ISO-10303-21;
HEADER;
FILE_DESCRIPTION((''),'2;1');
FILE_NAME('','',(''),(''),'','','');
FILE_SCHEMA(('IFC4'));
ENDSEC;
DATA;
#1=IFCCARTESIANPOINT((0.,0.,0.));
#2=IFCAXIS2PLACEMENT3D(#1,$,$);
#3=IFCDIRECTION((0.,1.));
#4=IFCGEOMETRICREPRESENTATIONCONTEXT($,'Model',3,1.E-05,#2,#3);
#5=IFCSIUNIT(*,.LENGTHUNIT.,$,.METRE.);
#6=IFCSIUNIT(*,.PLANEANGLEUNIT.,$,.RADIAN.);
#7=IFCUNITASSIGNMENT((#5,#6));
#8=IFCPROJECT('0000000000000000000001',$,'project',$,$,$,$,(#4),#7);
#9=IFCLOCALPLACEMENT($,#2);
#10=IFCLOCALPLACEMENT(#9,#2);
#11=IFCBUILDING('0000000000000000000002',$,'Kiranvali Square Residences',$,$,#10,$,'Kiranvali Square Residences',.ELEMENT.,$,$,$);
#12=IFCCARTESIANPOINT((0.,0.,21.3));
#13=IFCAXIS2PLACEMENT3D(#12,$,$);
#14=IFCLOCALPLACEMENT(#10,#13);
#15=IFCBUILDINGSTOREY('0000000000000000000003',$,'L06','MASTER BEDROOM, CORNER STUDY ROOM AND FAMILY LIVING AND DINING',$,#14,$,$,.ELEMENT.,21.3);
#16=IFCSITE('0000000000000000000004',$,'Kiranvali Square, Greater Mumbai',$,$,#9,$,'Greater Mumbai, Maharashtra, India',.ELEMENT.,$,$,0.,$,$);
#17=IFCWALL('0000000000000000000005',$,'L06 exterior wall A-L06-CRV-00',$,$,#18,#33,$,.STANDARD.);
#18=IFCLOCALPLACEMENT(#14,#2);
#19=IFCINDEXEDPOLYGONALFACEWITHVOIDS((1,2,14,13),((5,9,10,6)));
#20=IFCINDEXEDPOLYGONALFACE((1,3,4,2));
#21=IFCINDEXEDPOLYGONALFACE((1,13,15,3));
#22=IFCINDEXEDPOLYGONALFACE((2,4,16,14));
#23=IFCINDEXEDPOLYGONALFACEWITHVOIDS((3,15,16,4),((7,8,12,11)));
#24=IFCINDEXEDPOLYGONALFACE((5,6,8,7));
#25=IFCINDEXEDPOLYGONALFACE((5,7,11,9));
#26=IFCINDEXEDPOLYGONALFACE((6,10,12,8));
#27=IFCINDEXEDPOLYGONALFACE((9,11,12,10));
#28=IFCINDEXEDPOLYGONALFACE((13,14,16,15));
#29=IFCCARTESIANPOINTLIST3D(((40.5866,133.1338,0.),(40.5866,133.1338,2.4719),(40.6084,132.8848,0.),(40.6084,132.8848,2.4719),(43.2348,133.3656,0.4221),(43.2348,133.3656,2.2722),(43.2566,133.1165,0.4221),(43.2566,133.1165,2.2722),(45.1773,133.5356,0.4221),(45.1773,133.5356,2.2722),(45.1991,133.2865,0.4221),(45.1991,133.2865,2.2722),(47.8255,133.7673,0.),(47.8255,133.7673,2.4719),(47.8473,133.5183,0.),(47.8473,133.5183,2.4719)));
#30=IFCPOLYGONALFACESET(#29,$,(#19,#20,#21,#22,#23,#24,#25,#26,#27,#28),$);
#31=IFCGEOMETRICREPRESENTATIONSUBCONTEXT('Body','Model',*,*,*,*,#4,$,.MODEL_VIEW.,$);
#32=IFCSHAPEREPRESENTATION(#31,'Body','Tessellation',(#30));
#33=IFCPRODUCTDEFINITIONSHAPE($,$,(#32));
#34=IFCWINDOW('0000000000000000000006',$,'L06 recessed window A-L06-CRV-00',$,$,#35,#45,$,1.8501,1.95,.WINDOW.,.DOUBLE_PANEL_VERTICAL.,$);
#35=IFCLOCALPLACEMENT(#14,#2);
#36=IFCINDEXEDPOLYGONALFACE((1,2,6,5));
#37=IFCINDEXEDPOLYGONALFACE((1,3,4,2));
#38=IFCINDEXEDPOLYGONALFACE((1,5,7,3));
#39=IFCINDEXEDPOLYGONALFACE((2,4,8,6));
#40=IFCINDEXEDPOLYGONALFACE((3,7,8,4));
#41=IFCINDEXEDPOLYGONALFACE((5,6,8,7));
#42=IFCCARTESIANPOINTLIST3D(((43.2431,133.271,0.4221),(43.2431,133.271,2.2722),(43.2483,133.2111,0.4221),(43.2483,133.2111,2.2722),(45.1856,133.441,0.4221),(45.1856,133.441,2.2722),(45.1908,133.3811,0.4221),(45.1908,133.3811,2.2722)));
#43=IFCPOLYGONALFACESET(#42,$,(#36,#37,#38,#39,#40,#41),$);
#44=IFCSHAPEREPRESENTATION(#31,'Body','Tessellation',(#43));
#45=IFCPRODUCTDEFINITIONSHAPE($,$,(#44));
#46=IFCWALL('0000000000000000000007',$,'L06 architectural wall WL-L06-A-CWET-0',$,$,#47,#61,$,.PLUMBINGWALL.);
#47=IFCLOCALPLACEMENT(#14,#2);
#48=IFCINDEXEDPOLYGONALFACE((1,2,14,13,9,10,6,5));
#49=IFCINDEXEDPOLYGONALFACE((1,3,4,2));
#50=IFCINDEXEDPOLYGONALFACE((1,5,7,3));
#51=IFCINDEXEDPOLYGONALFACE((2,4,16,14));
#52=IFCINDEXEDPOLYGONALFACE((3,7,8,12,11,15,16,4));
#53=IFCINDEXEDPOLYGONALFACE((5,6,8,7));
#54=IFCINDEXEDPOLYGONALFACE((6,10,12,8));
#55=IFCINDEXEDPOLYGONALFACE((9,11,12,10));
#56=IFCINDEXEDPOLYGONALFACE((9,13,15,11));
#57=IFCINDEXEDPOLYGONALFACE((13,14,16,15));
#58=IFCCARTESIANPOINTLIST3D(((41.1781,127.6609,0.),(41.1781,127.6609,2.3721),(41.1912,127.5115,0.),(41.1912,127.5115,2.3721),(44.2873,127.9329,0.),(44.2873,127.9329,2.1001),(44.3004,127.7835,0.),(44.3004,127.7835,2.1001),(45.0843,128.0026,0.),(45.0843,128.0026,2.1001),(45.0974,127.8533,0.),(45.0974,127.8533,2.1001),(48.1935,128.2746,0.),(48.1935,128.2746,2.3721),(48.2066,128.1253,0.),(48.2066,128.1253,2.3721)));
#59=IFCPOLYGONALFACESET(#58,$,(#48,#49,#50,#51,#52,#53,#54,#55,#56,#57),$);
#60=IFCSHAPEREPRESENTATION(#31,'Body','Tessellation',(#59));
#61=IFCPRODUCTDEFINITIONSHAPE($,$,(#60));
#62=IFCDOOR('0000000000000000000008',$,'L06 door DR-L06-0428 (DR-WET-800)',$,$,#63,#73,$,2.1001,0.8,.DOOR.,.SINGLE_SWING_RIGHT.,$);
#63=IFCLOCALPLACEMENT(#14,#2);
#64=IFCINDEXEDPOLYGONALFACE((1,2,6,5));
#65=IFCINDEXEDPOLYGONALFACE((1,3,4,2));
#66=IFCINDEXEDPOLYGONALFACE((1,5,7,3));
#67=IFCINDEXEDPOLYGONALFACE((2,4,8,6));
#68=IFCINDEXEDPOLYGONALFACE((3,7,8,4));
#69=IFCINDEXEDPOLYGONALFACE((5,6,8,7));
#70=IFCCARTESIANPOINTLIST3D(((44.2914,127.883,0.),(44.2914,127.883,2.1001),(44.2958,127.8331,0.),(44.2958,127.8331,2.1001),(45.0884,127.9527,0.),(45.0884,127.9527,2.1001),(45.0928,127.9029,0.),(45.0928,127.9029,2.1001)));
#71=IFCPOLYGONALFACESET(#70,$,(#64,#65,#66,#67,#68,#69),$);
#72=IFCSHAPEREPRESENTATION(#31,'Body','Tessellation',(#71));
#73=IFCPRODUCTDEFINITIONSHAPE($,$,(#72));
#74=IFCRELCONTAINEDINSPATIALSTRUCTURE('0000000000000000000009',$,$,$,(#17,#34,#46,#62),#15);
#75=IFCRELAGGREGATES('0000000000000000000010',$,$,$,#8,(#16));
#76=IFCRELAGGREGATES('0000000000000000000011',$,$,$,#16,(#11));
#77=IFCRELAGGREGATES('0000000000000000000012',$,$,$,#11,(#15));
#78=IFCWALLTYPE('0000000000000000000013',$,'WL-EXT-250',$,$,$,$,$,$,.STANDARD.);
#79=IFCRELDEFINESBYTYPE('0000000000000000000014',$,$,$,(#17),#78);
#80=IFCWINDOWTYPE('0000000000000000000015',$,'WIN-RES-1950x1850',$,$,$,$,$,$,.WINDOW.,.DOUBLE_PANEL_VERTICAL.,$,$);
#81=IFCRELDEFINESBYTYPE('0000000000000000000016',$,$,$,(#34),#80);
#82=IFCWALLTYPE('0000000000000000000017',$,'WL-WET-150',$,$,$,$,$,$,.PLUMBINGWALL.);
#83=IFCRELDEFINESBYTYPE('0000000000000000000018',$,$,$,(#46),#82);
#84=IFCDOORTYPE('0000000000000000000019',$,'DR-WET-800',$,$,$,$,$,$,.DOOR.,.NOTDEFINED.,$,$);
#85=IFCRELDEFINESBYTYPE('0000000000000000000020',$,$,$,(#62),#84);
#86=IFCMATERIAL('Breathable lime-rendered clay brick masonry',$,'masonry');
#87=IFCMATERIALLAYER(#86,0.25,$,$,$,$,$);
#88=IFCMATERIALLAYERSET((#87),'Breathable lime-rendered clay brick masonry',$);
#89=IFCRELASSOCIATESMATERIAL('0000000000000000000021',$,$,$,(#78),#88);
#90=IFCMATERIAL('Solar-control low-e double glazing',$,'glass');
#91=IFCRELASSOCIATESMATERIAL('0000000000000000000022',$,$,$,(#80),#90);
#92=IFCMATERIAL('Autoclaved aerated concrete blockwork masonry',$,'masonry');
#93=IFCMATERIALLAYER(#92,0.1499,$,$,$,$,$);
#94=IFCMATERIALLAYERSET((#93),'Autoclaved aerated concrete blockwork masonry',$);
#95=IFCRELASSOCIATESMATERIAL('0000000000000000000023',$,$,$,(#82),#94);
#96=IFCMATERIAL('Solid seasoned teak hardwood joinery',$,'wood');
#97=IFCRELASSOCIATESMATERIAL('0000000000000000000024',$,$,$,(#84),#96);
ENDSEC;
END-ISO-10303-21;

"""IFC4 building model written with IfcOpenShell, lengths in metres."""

from ifc_helpers import new_model, si_unit, direction, frame, frame_2d, origin, place, context, subcontext, project, spatial, rectangle, extrude, material, layer, layer_set, type_object, element, fill, save


model = new_model("IFC4")

# Units and contexts
model_context = context("Model", 3, precision=1e-05, world=origin(), true_north=direction((0.0, 1.0)))
body_context = subcontext(model_context, "Body", "Model", "MODEL_VIEW")
ifc_project = project(units=[si_unit("LENGTHUNIT", "METRE"), si_unit("PLANEANGLEUNIT", "RADIAN")], contexts=[model_context])

# Site, building, storey
site_placement = place(None, origin())
site = spatial("IfcSite", under=ifc_project, at=site_placement, Name="Kiranvali Square, Greater Mumbai", LongName="Greater Mumbai, Maharashtra, India", CompositionType="ELEMENT", RefElevation=0.0)
building_placement = place(site_placement, origin())
building = spatial("IfcBuilding", under=site, at=building_placement, Name="Kiranvali Square Residences", LongName="Kiranvali Square Residences", CompositionType="ELEMENT")
storey_placement = place(building_placement, frame((0.0, 0.0, 21.3)))
storey = spatial("IfcBuildingStorey", under=building, at=storey_placement, Name="L06", Description="MASTER BEDROOM, CORNER STUDY ROOM AND FAMILY LIVING AND DINING", CompositionType="ELEMENT", Elevation=21.3)

# Wall, opening, window
ifc_material_1 = material(Name="Breathable lime-rendered clay brick masonry", Category="masonry")
ifc_layer_1 = layer(ifc_material_1, 0.25)
ifc_layer_set_1 = layer_set([ifc_layer_1], Name="Breathable lime-rendered clay brick masonry")
wall_type_1 = type_object("IfcWallType", Name="WL-EXT-250", PredefinedType="STANDARD", material=ifc_layer_set_1)
wall_1_placement = place(storey_placement, frame((47.8364, 133.6428, 0.0), z_axis=(0.0, 0.0, 1.0), x_axis=(-0.996192, -0.087185, 0.0)))
wall_1 = element("IfcWall", 1, at=wall_1_placement, inside=storey, type_object=wall_type_1, Name="L06 exterior wall A-L06-CRV-00", PredefinedType="STANDARD", context=body_context, shape_type="SweptSolid", body=[
    extrude(rectangle(XDim=7.2666, YDim=0.25, at=frame_2d((3.6333, 0.0))), origin(), (0.0, 0.0, 1.0), 2.4719),
])
opening_1_placement = place(wall_1_placement, frame((2.6582, 0.0, 0.4221)))
opening_1 = element("IfcOpeningElement", 2, at=opening_1_placement, cuts=wall_1, PredefinedType="OPENING", context=body_context, shape_type="SweptSolid", body=[
    extrude(rectangle(XDim=1.95, YDim=1.8501, at=frame_2d((0.9751, 0.925))), frame((0.0, 0.135, 0.0), z_axis=(0.0, -1.0, 0.0), x_axis=(1.0, 0.0, 0.0)), (0.0, 0.0, 1.0), 0.27),
])
ifc_material_2 = material(Name="Solar-control low-e double glazing", Category="glass")
window_type_1 = type_object("IfcWindowType", Name="WIN-RES-1950x1850", PartitioningType="DOUBLE_PANEL_VERTICAL", PredefinedType="WINDOW", material=ifc_material_2)
window_1_placement = place(opening_1_placement, origin())
window_1 = element("IfcWindow", 3, at=window_1_placement, inside=storey, type_object=window_type_1, Name="L06 recessed window A-L06-CRV-00", OverallHeight=1.8501, OverallWidth=1.95, PartitioningType="DOUBLE_PANEL_VERTICAL", PredefinedType="WINDOW", context=body_context, shape_type="SweptSolid", body=[
    extrude(rectangle(XDim=1.95, YDim=1.8501, at=frame_2d((0.9751, 0.925))), frame((0.0, 0.03, 0.0), z_axis=(0.0, -1.0, 0.0), x_axis=(1.0, 0.0, 0.0)), (0.0, 0.0, 1.0), 0.0601),
])
fill(opening_1, window_1)

# Wall, opening, door
ifc_material_3 = material(Name="Autoclaved aerated concrete blockwork masonry", Category="masonry")
ifc_layer_2 = layer(ifc_material_3, 0.1499)
ifc_layer_set_2 = layer_set([ifc_layer_2], Name="Autoclaved aerated concrete blockwork masonry")
wall_type_2 = type_object("IfcWallType", Name="WL-WET-150", PredefinedType="PLUMBINGWALL", material=ifc_layer_set_2)
wall_2_placement = place(storey_placement, frame((48.2, 128.2, 0.0), z_axis=(0.0, 0.0, 1.0), x_axis=(-0.996195, -0.087156, 0.0)))
wall_2 = element("IfcWall", 4, at=wall_2_placement, inside=storey, type_object=wall_type_2, Name="L06 architectural wall WL-L06-A-CWET-0", PredefinedType="PLUMBINGWALL", context=body_context, shape_type="SweptSolid", body=[
    extrude(rectangle(XDim=7.0422, YDim=0.1499, at=frame_2d((3.521, 0.0))), origin(), (0.0, 0.0, 1.0), 2.3721),
])
opening_2_placement = place(wall_2_placement, frame((3.1211, 0.0, 0.0)))
opening_2 = element("IfcOpeningElement", 5, at=opening_2_placement, cuts=wall_2, PredefinedType="OPENING", context=body_context, shape_type="SweptSolid", body=[
    extrude(rectangle(XDim=0.8, YDim=2.1001, at=frame_2d((0.3999, 1.05))), frame((0.0, 0.085, 0.0), z_axis=(0.0, -1.0, 0.0), x_axis=(1.0, 0.0, 0.0)), (0.0, 0.0, 1.0), 0.1699),
])
ifc_material_4 = material(Name="Solid seasoned teak hardwood joinery", Category="wood")
door_type_1 = type_object("IfcDoorType", Name="DR-WET-800", OperationType="NOTDEFINED", PredefinedType="DOOR", material=ifc_material_4)
door_1_placement = place(opening_2_placement, frame((0.8, 0.0, 0.0), z_axis=(0.0, 0.0, 1.0), x_axis=(-1.0, 0.0, 0.0)))
door_1 = element("IfcDoor", 6, at=door_1_placement, inside=storey, type_object=door_type_1, Name="L06 door DR-L06-0428 (DR-WET-800)", OperationType="SINGLE_SWING_RIGHT", OverallHeight=2.1001, OverallWidth=0.8, PredefinedType="DOOR", context=body_context, shape_type="SweptSolid", body=[
    extrude(rectangle(XDim=0.8, YDim=2.1001, at=frame_2d((0.3999, 1.05))), frame((0.0, 0.0249, 0.0), z_axis=(0.0, -1.0, 0.0), x_axis=(1.0, 0.0, 0.0)), (0.0, 0.0, 1.0), 0.05),
])
fill(opening_2, door_1)

save(model, "model.ifc")
